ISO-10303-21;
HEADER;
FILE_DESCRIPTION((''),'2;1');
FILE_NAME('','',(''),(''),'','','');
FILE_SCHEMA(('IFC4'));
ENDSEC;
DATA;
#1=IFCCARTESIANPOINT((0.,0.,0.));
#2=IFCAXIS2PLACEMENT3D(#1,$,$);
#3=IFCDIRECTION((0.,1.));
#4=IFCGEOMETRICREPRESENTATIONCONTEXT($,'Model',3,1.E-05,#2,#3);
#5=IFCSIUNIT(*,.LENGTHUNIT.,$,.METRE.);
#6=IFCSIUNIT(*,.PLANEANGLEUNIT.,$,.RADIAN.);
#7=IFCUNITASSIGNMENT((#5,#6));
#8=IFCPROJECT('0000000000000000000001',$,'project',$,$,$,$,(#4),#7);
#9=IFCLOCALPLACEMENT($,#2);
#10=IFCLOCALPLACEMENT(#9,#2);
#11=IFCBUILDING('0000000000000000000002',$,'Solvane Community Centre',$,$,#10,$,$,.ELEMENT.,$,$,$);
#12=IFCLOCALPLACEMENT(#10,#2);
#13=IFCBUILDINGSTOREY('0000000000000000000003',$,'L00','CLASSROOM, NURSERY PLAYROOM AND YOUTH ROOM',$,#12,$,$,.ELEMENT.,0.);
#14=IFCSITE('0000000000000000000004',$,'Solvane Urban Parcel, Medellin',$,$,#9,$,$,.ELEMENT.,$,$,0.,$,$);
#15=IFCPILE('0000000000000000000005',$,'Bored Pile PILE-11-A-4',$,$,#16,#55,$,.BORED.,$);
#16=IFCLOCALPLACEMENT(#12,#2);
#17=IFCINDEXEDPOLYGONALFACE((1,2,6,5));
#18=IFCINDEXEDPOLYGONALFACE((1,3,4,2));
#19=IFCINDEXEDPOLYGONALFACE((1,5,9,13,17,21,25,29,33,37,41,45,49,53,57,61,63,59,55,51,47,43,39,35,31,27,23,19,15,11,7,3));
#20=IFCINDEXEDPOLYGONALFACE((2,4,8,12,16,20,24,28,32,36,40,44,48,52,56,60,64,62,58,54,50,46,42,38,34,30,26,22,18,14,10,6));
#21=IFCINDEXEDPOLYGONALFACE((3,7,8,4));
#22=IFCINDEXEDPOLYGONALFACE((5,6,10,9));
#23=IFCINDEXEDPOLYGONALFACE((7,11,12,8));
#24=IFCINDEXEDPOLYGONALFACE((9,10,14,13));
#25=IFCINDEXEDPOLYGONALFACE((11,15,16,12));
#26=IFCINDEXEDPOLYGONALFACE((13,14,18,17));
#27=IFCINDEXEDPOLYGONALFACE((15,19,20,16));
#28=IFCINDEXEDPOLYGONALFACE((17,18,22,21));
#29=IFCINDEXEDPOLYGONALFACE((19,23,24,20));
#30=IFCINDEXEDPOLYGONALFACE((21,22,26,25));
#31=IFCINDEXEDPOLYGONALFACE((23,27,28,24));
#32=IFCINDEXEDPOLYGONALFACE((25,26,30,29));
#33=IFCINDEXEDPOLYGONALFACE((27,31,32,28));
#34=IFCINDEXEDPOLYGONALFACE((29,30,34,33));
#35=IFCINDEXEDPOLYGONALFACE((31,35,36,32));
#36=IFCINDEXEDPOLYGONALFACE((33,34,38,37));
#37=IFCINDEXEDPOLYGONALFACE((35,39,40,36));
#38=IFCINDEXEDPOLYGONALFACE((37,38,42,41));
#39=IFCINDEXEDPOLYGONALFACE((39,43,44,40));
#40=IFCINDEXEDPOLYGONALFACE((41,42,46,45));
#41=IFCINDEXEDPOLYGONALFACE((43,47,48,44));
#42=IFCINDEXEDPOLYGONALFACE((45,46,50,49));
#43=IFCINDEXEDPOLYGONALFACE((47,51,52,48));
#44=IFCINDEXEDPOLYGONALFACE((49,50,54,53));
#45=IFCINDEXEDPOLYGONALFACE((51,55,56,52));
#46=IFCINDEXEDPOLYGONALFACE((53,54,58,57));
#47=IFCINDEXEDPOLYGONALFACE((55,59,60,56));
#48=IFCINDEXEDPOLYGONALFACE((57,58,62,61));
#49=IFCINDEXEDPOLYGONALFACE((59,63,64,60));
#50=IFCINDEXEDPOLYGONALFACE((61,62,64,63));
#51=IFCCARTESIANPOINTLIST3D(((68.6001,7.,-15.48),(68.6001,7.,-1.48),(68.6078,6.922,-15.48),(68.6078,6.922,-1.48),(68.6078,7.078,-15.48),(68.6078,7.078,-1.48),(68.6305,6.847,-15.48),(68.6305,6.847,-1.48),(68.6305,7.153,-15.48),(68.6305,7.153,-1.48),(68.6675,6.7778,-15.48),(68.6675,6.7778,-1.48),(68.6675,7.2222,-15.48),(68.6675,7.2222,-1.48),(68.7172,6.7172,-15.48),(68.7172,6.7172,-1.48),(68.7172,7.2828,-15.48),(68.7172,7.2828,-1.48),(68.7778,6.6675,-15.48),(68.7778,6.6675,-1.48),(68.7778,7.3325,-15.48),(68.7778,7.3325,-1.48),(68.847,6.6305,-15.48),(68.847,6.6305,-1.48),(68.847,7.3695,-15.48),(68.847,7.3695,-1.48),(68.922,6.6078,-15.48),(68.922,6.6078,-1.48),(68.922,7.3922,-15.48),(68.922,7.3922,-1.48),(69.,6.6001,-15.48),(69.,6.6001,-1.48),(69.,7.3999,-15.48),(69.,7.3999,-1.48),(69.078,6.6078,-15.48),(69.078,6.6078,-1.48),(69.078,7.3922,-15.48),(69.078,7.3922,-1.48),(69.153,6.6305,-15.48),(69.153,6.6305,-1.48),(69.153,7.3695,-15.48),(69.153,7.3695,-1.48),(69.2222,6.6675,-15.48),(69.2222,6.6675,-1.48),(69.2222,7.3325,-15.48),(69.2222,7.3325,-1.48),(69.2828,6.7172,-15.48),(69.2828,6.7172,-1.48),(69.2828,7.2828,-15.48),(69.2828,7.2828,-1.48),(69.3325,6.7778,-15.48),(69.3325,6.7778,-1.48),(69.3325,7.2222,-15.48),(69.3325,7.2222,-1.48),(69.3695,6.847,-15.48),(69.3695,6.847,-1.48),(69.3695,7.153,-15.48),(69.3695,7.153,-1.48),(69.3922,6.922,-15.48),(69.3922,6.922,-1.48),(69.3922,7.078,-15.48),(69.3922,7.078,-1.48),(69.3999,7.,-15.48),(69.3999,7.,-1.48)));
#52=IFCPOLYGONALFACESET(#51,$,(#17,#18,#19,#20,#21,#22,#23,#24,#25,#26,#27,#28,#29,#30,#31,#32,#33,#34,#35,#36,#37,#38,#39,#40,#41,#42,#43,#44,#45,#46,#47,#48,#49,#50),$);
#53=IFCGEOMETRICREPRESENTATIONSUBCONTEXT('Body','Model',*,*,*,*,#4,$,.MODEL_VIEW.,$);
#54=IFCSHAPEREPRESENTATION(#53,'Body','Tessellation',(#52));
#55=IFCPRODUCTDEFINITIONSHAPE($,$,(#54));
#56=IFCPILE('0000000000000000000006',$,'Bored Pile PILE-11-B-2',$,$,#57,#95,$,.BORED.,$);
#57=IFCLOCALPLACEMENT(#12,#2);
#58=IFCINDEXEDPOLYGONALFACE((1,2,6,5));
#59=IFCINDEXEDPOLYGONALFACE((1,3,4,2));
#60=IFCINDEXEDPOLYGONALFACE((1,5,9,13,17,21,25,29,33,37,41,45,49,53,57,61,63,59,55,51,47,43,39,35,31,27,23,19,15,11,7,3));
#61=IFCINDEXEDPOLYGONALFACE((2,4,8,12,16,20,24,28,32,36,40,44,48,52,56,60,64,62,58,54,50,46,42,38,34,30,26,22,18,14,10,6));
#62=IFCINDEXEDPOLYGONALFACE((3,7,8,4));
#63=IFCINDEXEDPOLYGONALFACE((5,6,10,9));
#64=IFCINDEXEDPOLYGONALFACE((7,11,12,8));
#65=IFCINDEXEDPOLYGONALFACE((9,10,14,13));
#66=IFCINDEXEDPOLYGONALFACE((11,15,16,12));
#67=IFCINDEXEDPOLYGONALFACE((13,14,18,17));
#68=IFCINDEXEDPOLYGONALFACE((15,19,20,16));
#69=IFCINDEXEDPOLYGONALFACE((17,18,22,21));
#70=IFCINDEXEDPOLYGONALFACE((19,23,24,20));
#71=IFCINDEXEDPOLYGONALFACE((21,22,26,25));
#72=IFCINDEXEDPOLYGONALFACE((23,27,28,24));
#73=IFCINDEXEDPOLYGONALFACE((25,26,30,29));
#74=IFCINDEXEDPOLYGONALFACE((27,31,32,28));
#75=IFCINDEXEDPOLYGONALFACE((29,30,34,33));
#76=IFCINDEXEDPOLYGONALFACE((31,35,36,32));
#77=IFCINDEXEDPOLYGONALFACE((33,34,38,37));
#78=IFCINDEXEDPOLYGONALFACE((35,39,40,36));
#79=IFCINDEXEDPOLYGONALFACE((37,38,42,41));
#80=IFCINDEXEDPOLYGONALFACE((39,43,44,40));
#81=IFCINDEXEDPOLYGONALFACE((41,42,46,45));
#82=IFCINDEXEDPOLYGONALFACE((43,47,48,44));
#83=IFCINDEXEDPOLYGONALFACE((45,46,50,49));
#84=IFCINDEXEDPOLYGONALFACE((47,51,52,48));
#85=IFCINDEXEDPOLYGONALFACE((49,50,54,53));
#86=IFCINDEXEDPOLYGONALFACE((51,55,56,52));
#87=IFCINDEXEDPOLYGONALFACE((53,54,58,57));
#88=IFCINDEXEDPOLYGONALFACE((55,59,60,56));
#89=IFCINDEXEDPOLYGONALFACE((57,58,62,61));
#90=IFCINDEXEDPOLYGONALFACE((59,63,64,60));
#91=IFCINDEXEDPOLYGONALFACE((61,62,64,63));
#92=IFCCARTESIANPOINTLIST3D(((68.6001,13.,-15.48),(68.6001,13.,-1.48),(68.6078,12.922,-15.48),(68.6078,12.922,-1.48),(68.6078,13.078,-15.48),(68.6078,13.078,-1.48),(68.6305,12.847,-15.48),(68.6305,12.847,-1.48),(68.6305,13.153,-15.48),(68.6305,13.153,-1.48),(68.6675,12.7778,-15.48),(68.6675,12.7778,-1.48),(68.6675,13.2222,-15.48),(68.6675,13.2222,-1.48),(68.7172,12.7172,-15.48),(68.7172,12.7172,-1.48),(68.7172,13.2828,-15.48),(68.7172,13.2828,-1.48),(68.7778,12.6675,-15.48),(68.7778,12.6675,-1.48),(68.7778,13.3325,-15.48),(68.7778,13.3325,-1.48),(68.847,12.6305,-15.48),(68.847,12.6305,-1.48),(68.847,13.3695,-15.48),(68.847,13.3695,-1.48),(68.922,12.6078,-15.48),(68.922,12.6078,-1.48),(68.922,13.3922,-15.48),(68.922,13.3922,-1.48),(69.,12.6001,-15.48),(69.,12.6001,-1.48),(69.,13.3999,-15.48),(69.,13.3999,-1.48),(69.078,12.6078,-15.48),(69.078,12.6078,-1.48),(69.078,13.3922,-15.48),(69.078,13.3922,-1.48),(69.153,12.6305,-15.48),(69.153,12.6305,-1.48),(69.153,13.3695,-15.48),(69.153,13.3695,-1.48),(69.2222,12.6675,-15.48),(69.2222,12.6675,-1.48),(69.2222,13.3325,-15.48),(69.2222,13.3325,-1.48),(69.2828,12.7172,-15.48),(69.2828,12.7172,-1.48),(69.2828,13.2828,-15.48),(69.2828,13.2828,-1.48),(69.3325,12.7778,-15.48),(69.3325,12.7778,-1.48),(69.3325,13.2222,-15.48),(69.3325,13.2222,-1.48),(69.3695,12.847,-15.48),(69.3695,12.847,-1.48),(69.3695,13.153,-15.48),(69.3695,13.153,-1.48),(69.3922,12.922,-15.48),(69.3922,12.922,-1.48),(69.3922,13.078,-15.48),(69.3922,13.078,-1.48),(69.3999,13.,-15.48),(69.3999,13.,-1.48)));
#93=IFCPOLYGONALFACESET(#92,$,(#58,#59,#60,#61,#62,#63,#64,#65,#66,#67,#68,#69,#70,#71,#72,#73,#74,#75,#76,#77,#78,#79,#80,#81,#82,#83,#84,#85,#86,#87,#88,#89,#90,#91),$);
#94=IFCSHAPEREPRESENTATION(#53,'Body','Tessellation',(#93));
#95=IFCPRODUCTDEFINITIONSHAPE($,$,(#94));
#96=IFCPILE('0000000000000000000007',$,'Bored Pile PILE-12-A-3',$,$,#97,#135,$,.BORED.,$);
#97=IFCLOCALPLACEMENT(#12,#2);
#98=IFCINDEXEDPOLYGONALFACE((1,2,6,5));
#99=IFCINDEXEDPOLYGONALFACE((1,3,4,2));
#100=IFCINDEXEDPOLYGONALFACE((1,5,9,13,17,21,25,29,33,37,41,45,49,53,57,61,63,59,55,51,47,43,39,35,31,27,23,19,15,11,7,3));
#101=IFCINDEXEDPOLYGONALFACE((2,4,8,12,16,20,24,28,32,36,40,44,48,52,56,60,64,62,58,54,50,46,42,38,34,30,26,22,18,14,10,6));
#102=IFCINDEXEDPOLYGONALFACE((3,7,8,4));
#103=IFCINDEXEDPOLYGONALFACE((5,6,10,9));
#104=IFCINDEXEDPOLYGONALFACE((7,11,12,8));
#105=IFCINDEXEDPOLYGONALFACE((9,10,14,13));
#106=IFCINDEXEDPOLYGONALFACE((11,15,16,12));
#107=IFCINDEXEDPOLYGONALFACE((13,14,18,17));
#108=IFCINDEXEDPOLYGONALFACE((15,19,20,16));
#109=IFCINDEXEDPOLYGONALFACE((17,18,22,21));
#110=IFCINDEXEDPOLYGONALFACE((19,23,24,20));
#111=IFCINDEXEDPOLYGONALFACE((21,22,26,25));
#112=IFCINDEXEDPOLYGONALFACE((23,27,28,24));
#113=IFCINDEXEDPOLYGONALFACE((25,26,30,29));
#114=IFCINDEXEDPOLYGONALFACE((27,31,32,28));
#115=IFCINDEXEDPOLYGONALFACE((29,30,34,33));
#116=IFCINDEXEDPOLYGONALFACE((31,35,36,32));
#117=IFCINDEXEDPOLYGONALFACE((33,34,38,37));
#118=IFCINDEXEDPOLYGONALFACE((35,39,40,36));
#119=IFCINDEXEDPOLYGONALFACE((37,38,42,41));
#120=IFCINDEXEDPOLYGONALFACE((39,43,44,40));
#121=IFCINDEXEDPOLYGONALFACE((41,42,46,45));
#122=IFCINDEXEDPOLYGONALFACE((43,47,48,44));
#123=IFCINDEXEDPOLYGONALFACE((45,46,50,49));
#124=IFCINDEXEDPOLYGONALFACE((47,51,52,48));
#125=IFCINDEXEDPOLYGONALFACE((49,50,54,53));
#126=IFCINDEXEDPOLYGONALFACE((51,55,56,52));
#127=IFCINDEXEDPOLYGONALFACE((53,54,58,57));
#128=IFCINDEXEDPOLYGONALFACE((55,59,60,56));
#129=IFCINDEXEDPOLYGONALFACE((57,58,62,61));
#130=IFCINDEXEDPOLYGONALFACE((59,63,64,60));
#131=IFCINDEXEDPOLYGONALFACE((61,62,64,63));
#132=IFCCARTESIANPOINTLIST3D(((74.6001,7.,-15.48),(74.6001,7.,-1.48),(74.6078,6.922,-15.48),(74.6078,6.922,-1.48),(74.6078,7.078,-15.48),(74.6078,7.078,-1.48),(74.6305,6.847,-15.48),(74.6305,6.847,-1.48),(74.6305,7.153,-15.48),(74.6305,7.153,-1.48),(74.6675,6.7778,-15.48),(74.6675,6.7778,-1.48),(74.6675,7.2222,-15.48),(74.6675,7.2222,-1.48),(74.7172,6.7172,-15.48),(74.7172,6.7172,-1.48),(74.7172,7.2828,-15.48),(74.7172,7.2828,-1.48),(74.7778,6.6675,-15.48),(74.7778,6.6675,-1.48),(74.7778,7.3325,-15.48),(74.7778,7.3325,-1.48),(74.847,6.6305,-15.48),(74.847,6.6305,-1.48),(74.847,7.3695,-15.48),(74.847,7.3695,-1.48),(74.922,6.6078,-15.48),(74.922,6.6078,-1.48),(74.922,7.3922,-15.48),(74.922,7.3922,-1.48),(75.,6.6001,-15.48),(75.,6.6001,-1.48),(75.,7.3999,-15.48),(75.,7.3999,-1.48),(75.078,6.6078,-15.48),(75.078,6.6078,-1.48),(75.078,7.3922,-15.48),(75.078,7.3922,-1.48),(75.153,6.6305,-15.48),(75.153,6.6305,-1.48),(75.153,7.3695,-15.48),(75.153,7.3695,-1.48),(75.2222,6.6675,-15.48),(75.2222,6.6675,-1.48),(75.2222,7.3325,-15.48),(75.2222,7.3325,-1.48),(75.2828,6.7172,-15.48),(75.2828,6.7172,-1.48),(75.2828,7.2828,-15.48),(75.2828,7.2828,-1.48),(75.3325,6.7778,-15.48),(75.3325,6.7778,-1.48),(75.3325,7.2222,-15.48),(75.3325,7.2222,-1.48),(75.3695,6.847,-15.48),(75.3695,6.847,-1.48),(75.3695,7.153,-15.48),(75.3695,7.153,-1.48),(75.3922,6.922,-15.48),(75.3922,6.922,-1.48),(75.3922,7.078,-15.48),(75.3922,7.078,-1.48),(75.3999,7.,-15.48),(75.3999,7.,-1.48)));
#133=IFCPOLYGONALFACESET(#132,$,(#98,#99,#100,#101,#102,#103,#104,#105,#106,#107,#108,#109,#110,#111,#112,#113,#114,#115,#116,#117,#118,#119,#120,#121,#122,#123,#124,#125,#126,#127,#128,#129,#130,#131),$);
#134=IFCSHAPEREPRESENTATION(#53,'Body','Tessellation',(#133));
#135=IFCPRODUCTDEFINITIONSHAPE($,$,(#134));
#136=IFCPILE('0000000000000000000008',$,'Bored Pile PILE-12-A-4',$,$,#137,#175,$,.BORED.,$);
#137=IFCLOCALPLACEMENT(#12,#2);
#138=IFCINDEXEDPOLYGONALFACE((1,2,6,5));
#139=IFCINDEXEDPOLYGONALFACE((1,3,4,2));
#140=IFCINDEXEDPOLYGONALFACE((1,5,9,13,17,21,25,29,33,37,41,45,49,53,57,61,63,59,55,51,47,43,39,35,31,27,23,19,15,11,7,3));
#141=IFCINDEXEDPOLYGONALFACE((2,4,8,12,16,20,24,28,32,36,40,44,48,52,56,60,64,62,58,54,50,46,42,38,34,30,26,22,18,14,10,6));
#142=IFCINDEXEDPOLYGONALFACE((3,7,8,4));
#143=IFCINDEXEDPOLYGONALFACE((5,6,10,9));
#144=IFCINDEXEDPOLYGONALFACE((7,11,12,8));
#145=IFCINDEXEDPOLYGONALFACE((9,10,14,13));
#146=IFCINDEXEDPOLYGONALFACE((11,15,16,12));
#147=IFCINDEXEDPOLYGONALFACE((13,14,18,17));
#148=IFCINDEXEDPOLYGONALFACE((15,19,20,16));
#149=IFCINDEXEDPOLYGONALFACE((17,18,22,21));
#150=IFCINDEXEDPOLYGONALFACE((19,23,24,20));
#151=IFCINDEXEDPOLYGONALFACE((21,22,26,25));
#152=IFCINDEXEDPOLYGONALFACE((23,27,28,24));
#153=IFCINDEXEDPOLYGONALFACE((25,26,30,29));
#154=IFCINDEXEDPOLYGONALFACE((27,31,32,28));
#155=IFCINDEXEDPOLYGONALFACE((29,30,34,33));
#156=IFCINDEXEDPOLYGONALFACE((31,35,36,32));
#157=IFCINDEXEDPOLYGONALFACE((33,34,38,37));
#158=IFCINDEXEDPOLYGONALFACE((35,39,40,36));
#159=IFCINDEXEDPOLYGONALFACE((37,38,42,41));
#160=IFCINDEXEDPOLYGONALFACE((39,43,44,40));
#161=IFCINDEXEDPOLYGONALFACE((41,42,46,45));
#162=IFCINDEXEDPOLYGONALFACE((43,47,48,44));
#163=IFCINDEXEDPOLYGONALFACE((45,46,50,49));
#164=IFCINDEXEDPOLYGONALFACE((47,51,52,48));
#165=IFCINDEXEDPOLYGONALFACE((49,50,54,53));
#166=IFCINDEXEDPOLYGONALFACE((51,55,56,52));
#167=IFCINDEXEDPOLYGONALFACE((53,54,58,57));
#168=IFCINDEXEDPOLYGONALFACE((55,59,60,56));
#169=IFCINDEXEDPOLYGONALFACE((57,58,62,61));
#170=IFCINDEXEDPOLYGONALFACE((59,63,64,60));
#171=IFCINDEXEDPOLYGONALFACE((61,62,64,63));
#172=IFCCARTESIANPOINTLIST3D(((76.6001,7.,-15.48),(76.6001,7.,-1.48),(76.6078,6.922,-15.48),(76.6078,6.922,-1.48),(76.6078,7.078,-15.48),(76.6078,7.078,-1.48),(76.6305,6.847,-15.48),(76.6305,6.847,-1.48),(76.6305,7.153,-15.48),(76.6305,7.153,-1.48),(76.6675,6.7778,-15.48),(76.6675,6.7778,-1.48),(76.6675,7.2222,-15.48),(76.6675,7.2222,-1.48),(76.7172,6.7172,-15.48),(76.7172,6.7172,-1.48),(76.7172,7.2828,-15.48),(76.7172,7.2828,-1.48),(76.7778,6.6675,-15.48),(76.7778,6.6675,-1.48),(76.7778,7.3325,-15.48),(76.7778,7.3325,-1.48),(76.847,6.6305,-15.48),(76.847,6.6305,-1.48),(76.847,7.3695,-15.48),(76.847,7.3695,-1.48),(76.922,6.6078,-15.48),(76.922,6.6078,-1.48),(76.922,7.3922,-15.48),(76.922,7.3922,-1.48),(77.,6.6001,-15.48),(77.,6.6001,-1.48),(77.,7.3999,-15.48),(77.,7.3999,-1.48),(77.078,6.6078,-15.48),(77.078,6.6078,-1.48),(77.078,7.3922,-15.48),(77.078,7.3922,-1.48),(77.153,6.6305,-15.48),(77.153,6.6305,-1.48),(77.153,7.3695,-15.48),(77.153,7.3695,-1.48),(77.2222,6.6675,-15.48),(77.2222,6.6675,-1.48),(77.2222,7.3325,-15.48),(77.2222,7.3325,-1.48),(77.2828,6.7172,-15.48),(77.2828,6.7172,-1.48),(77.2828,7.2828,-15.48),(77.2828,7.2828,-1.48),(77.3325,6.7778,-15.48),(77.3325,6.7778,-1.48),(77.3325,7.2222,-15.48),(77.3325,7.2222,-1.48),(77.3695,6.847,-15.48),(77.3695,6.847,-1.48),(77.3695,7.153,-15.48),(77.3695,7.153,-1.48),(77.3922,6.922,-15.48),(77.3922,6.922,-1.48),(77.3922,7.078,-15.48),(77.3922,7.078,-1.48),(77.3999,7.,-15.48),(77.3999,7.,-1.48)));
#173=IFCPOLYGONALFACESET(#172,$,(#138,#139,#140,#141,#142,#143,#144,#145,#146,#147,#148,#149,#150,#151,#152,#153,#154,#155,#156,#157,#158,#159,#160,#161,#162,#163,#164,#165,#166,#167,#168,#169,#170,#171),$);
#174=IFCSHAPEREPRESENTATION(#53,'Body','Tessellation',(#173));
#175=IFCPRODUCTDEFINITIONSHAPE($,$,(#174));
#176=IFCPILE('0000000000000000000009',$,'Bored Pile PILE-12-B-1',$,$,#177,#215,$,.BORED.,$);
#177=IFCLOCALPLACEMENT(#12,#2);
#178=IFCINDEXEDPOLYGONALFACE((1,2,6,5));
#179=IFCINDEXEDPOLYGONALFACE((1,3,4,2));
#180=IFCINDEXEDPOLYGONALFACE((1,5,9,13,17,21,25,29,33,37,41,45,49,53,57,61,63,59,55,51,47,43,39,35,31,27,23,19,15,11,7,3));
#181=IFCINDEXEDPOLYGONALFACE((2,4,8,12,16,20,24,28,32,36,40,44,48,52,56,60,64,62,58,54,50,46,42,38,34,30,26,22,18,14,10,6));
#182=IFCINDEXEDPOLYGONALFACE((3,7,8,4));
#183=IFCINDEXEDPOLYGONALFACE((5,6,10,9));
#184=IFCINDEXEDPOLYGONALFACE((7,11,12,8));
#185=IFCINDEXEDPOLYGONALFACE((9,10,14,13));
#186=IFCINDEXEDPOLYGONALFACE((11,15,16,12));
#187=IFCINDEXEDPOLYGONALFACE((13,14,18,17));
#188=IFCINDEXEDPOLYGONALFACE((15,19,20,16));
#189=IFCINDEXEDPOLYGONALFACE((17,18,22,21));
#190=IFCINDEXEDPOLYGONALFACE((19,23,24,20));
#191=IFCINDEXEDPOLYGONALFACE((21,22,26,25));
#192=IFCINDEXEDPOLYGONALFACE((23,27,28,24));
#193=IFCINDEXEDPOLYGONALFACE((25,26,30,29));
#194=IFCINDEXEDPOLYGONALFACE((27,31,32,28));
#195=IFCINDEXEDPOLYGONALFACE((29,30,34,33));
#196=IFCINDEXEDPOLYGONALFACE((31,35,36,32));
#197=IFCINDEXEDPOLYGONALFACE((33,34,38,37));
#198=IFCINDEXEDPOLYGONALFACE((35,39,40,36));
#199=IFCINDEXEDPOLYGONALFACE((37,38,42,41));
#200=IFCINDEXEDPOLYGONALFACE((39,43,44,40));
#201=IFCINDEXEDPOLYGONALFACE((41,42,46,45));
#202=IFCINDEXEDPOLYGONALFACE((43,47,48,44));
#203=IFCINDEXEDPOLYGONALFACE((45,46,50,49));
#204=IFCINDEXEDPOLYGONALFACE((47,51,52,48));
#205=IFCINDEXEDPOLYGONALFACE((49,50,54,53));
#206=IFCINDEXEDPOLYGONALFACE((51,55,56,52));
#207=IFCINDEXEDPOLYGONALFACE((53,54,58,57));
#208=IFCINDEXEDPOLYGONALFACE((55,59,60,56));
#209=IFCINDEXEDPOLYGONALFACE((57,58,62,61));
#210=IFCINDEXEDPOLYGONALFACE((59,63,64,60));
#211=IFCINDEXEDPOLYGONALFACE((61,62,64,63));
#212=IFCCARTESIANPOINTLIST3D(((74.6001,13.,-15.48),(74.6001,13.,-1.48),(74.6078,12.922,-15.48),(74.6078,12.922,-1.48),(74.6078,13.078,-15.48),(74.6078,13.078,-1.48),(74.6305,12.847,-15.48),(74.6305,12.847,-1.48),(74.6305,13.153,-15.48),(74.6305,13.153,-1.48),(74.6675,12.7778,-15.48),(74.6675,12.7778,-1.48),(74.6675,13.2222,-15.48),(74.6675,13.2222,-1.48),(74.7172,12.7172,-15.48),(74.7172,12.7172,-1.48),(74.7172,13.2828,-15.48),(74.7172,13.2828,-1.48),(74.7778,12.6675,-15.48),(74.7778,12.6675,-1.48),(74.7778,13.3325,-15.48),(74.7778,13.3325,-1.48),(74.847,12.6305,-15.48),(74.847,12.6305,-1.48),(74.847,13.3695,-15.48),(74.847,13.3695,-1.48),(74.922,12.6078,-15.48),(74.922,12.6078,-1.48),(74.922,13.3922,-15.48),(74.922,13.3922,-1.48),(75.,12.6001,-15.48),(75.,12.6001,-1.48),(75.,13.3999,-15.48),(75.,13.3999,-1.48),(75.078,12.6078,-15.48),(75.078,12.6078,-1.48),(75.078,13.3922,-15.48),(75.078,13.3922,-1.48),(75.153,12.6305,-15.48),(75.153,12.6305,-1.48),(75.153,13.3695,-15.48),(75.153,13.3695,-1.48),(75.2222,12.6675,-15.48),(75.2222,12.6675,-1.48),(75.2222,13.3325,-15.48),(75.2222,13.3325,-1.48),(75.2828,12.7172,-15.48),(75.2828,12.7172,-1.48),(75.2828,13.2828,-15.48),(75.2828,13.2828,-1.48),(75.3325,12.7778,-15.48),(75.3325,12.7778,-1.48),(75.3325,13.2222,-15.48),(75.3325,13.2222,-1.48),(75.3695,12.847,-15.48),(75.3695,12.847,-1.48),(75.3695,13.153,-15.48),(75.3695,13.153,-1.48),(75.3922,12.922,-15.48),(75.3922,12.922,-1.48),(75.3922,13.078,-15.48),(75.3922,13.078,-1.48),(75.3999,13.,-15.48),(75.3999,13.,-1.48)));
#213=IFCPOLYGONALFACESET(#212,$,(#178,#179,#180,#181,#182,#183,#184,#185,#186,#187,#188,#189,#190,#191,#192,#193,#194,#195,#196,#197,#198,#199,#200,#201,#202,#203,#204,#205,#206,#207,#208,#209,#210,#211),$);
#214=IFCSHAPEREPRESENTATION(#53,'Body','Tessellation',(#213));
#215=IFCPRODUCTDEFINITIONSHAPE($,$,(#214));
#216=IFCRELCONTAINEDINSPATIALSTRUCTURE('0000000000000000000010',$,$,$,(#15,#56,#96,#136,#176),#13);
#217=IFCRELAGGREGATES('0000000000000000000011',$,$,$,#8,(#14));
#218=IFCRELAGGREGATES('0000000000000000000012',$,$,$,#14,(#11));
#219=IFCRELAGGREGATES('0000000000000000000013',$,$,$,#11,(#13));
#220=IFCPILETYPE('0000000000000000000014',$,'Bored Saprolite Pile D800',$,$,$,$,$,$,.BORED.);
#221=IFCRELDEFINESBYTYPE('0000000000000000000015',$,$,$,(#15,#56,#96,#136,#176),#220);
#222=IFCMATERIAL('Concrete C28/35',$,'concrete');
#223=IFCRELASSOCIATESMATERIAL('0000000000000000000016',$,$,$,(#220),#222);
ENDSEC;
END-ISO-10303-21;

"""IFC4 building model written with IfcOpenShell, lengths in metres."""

from ifc_helpers import new_model, si_unit, direction, frame, origin, origin_2d, place, context, subcontext, project, spatial, circle, extrude, material, material_profile, profile_set, type_object, element, save


model = new_model("IFC4")

# Units and contexts
model_context = context("Model", 3, precision=1e-05, world=origin(), true_north=direction((0.0, 1.0)))
body_context = subcontext(model_context, "Body", "Model", "MODEL_VIEW")
ifc_project = project(units=[si_unit("LENGTHUNIT", "METRE"), si_unit("PLANEANGLEUNIT", "RADIAN")], contexts=[model_context])

# Site, building, storey
site_placement = place(None, origin())
site = spatial("IfcSite", under=ifc_project, at=site_placement, Name="Solvane Urban Parcel, Medellin", CompositionType="ELEMENT", RefElevation=0.0)
building_placement = place(site_placement, origin())
building = spatial("IfcBuilding", under=site, at=building_placement, Name="Solvane Community Centre", CompositionType="ELEMENT")
storey_placement = place(building_placement, origin())
storey = spatial("IfcBuildingStorey", under=building, at=storey_placement, Name="L00", Description="CLASSROOM, NURSERY PLAYROOM AND YOUTH ROOM", CompositionType="ELEMENT", Elevation=0.0)

# Piles
ifc_material_1 = material(Name="Concrete C28/35", Category="concrete")
ifc_material_profile_1 = material_profile(ifc_material_1, circle(Radius=0.3999, at=origin_2d()), Name="PILE D800")
ifc_profile_set_1 = profile_set([ifc_material_profile_1], Name="Concrete C28/35")
pile_type = type_object("IfcPileType", Name="Bored Saprolite Pile D800", PredefinedType="BORED", material=ifc_profile_set_1)
for number, where, z_axis, x_axis, name in (
    (1, (69.0, 7.0, -1.48), (0.0, 0.0, -1.0), (1.0, 0.0, 0.0), "Bored Pile PILE-11-A-4"),
    (2, (69.0, 13.0, -1.48), (0.0, 0.0, -1.0), (1.0, 0.0, 0.0), "Bored Pile PILE-11-B-2"),
    (3, (75.0, 7.0, -1.48), (0.0, 0.0, -1.0), (1.0, 0.0, 0.0), "Bored Pile PILE-12-A-3"),
    (4, (77.0, 7.0, -1.48), (0.0, 0.0, -1.0), (1.0, 0.0, 0.0), "Bored Pile PILE-12-A-4"),
    (5, (75.0, 13.0, -1.48), (0.0, 0.0, -1.0), (1.0, 0.0, 0.0), "Bored Pile PILE-12-B-1"),
):
    element("IfcPile", number, at=place(storey_placement, frame(where, z_axis=z_axis, x_axis=x_axis)), inside=storey, type_object=pile_type, Name=name, PredefinedType="BORED", context=body_context, shape_type="SweptSolid", body=[
        extrude(circle(Radius=0.3999, at=origin_2d()), origin(), (0.0, 0.0, 1.0), 14.0),
    ])

save(model, "model.ifc")
